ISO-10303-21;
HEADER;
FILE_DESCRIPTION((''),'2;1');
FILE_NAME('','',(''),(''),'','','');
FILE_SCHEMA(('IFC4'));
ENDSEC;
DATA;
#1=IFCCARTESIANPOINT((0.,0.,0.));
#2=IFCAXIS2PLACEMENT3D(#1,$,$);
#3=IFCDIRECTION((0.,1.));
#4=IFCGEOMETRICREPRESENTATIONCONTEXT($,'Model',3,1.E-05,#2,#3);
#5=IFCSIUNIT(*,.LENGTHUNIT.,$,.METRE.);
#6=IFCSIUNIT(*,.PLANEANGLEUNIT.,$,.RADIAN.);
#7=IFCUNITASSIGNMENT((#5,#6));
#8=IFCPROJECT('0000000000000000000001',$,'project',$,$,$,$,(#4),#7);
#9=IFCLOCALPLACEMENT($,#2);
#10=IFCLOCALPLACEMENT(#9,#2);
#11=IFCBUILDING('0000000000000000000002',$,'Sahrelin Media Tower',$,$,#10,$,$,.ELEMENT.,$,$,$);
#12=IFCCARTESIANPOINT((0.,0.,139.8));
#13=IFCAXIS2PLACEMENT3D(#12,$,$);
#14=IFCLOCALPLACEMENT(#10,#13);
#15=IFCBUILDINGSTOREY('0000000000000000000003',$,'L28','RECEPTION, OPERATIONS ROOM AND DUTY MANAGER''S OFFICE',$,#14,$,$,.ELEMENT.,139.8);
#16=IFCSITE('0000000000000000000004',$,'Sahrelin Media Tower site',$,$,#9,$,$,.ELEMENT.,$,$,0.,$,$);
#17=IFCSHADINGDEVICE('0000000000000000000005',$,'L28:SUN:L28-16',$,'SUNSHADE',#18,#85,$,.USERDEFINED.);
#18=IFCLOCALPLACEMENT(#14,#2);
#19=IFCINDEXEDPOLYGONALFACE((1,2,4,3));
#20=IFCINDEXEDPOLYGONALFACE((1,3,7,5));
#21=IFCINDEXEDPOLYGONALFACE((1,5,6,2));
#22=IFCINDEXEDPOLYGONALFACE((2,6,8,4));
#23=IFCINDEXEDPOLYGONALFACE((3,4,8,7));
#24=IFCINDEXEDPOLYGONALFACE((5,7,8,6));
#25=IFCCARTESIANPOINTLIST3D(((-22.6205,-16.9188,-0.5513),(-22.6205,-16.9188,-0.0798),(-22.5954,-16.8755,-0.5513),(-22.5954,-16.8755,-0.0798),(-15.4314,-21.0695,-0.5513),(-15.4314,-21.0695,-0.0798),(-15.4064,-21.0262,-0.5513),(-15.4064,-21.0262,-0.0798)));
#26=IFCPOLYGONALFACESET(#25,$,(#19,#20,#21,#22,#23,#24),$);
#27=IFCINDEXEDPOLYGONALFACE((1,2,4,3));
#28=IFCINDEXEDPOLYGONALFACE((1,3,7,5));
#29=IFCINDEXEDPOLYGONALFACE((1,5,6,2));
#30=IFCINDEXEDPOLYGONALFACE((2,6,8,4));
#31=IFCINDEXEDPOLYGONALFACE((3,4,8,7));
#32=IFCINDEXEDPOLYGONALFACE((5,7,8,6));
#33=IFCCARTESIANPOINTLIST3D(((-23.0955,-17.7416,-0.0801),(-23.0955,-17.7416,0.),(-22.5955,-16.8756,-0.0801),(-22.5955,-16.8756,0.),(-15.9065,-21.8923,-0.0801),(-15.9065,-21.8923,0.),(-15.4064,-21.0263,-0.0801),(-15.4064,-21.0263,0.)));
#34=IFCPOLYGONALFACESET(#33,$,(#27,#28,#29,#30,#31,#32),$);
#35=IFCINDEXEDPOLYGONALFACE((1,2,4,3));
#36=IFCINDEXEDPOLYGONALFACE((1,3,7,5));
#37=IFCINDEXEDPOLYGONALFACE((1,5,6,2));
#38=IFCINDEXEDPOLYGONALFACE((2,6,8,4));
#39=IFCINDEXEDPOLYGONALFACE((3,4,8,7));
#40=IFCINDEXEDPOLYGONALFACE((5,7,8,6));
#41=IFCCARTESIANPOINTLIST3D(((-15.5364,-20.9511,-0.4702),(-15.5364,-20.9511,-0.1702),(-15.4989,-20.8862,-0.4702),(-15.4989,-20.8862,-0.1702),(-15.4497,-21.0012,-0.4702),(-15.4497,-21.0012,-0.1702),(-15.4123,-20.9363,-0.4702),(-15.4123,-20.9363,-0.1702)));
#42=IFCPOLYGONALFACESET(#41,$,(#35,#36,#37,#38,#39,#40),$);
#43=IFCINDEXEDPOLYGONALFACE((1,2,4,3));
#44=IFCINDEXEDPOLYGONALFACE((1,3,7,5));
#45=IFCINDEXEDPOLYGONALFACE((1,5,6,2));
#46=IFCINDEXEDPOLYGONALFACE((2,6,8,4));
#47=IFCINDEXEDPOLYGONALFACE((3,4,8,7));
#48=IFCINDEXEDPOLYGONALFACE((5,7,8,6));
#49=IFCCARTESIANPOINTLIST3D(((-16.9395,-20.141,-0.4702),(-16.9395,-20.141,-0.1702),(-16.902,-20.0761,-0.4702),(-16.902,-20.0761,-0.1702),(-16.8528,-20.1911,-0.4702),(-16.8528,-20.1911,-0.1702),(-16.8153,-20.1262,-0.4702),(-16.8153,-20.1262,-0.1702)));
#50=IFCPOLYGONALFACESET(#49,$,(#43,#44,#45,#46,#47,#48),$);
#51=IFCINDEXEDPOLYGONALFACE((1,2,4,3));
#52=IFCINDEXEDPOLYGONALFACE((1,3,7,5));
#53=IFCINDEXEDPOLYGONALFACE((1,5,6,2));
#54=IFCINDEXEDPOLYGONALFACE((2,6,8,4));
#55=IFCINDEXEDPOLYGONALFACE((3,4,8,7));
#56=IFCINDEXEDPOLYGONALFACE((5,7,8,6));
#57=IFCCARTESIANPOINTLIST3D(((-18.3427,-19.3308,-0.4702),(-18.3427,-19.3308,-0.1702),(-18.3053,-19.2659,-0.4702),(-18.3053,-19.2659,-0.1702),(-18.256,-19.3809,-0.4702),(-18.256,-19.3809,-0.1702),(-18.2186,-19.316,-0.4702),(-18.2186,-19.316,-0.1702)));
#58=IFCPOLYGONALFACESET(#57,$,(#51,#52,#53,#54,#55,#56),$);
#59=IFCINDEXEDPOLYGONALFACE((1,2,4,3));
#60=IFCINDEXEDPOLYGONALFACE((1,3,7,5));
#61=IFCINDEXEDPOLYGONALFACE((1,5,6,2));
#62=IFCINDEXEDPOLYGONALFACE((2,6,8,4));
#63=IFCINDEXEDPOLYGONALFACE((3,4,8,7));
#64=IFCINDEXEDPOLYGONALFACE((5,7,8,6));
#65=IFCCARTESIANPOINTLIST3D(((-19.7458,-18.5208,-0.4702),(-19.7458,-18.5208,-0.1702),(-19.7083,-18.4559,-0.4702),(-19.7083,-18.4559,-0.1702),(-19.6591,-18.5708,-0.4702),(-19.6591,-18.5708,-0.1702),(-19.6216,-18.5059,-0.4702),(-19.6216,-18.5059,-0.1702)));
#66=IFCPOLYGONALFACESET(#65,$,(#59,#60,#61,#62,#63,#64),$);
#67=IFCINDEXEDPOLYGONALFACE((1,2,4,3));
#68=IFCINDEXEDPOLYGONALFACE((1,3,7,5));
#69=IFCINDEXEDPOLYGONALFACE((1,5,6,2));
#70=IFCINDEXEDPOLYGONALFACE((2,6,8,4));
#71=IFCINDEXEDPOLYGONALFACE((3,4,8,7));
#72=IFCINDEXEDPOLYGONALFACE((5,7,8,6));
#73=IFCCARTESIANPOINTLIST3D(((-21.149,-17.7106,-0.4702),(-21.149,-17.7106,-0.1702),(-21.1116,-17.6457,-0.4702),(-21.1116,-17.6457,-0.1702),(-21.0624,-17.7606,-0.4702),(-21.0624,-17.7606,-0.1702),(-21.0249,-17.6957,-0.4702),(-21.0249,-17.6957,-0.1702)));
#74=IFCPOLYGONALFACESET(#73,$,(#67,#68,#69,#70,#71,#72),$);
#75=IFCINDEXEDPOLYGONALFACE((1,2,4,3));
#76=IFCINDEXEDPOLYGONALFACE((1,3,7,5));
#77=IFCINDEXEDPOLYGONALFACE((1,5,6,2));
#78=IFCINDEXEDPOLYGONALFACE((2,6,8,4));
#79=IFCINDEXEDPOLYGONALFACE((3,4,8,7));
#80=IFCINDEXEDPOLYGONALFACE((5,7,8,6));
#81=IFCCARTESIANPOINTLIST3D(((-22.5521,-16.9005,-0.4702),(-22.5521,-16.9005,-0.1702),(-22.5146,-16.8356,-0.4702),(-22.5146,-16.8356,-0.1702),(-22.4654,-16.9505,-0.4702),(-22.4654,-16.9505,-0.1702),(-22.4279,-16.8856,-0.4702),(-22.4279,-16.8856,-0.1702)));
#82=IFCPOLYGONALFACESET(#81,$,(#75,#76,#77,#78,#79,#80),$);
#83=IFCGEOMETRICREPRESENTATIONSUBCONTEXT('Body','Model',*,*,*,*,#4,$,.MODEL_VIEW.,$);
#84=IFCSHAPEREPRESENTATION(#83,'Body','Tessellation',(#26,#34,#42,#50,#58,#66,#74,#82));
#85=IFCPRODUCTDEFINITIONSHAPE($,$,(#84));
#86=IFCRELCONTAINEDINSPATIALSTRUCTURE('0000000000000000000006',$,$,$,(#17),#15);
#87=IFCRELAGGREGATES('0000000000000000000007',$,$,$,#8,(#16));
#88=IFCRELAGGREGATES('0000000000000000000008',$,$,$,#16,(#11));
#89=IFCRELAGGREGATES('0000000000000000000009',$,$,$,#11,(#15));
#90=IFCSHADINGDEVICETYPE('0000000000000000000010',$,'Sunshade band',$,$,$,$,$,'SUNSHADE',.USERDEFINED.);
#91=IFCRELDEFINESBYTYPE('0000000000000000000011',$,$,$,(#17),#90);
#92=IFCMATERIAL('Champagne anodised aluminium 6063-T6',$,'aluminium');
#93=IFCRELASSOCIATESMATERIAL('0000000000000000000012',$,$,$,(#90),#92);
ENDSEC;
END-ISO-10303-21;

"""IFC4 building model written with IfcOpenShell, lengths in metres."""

from ifc_helpers import new_model, si_unit, direction, frame, origin, origin_2d, place, context, subcontext, project, spatial, rectangle, extrude, material, type_object, element, save


model = new_model("IFC4")

# Units and contexts
model_context = context("Model", 3, precision=1e-05, world=origin(), true_north=direction((0.0, 1.0)))
body_context = subcontext(model_context, "Body", "Model", "MODEL_VIEW")
ifc_project = project(units=[si_unit("LENGTHUNIT", "METRE"), si_unit("PLANEANGLEUNIT", "RADIAN")], contexts=[model_context])

# Site, building, storey
site_placement = place(None, origin())
site = spatial("IfcSite", under=ifc_project, at=site_placement, Name="Sahrelin Media Tower site", CompositionType="ELEMENT", RefElevation=0.0)
building_placement = place(site_placement, origin())
building = spatial("IfcBuilding", under=site, at=building_placement, Name="Sahrelin Media Tower", CompositionType="ELEMENT")
storey_placement = place(building_placement, frame((0.0, 0.0, 139.8)))
storey = spatial("IfcBuildingStorey", under=building, at=storey_placement, Name="L28", Description="RECEPTION, OPERATIONS ROOM AND DUTY MANAGER'S OFFICE", CompositionType="ELEMENT", Elevation=139.8)

# Shared definitions
ifc_material_1 = material(Name="Champagne anodised aluminium 6063-T6", Category="aluminium")

# Shading device
placement_1 = place(storey_placement, frame((-18.991, -18.9336, 0.0), z_axis=(0.0, 0.0, 1.0), x_axis=(-0.866019, 0.500011, 0.0)))
shading_device_type_1 = type_object("IfcShadingDeviceType", Name="Sunshade band", ElementType="SUNSHADE", PredefinedType="USERDEFINED", material=ifc_material_1)
element("IfcShadingDevice", 1, at=placement_1, inside=storey, type_object=shading_device_type_1, Name="L28:SUN:L28-16", ObjectType="SUNSHADE", PredefinedType="USERDEFINED", context=body_context, shape_type="SweptSolid", body=[
    extrude(rectangle(XDim=8.3013, YDim=0.05, at=origin_2d()), frame((0.0, 0.0449, -0.5513)), (0.0, 0.0, 1.0), 0.4714),
    extrude(rectangle(XDim=8.3013, YDim=1.0, at=origin_2d()), frame((0.0, 0.52, -0.0801)), (0.0, 0.0, 1.0), 0.0801),
    extrude(rectangle(XDim=0.1001, YDim=0.075, at=origin_2d()), frame((-4.0505, -0.0176, -0.4702)), (0.0, 0.0, 1.0), 0.3),
    extrude(rectangle(XDim=0.1001, YDim=0.075, at=origin_2d()), frame((-2.4304, -0.0176, -0.4702)), (0.0, 0.0, 1.0), 0.3),
    extrude(rectangle(XDim=0.1001, YDim=0.075, at=origin_2d()), frame((-0.8101, -0.0176, -0.4702)), (0.0, 0.0, 1.0), 0.3),
    extrude(rectangle(XDim=0.1001, YDim=0.075, at=origin_2d()), frame((0.8101, -0.0176, -0.4702)), (0.0, 0.0, 1.0), 0.3),
    extrude(rectangle(XDim=0.1001, YDim=0.075, at=origin_2d()), frame((2.4304, -0.0176, -0.4702)), (0.0, 0.0, 1.0), 0.3),
    extrude(rectangle(XDim=0.1001, YDim=0.075, at=origin_2d()), frame((4.0505, -0.0176, -0.4702)), (0.0, 0.0, 1.0), 0.3),
])

save(model, "model.ifc")
